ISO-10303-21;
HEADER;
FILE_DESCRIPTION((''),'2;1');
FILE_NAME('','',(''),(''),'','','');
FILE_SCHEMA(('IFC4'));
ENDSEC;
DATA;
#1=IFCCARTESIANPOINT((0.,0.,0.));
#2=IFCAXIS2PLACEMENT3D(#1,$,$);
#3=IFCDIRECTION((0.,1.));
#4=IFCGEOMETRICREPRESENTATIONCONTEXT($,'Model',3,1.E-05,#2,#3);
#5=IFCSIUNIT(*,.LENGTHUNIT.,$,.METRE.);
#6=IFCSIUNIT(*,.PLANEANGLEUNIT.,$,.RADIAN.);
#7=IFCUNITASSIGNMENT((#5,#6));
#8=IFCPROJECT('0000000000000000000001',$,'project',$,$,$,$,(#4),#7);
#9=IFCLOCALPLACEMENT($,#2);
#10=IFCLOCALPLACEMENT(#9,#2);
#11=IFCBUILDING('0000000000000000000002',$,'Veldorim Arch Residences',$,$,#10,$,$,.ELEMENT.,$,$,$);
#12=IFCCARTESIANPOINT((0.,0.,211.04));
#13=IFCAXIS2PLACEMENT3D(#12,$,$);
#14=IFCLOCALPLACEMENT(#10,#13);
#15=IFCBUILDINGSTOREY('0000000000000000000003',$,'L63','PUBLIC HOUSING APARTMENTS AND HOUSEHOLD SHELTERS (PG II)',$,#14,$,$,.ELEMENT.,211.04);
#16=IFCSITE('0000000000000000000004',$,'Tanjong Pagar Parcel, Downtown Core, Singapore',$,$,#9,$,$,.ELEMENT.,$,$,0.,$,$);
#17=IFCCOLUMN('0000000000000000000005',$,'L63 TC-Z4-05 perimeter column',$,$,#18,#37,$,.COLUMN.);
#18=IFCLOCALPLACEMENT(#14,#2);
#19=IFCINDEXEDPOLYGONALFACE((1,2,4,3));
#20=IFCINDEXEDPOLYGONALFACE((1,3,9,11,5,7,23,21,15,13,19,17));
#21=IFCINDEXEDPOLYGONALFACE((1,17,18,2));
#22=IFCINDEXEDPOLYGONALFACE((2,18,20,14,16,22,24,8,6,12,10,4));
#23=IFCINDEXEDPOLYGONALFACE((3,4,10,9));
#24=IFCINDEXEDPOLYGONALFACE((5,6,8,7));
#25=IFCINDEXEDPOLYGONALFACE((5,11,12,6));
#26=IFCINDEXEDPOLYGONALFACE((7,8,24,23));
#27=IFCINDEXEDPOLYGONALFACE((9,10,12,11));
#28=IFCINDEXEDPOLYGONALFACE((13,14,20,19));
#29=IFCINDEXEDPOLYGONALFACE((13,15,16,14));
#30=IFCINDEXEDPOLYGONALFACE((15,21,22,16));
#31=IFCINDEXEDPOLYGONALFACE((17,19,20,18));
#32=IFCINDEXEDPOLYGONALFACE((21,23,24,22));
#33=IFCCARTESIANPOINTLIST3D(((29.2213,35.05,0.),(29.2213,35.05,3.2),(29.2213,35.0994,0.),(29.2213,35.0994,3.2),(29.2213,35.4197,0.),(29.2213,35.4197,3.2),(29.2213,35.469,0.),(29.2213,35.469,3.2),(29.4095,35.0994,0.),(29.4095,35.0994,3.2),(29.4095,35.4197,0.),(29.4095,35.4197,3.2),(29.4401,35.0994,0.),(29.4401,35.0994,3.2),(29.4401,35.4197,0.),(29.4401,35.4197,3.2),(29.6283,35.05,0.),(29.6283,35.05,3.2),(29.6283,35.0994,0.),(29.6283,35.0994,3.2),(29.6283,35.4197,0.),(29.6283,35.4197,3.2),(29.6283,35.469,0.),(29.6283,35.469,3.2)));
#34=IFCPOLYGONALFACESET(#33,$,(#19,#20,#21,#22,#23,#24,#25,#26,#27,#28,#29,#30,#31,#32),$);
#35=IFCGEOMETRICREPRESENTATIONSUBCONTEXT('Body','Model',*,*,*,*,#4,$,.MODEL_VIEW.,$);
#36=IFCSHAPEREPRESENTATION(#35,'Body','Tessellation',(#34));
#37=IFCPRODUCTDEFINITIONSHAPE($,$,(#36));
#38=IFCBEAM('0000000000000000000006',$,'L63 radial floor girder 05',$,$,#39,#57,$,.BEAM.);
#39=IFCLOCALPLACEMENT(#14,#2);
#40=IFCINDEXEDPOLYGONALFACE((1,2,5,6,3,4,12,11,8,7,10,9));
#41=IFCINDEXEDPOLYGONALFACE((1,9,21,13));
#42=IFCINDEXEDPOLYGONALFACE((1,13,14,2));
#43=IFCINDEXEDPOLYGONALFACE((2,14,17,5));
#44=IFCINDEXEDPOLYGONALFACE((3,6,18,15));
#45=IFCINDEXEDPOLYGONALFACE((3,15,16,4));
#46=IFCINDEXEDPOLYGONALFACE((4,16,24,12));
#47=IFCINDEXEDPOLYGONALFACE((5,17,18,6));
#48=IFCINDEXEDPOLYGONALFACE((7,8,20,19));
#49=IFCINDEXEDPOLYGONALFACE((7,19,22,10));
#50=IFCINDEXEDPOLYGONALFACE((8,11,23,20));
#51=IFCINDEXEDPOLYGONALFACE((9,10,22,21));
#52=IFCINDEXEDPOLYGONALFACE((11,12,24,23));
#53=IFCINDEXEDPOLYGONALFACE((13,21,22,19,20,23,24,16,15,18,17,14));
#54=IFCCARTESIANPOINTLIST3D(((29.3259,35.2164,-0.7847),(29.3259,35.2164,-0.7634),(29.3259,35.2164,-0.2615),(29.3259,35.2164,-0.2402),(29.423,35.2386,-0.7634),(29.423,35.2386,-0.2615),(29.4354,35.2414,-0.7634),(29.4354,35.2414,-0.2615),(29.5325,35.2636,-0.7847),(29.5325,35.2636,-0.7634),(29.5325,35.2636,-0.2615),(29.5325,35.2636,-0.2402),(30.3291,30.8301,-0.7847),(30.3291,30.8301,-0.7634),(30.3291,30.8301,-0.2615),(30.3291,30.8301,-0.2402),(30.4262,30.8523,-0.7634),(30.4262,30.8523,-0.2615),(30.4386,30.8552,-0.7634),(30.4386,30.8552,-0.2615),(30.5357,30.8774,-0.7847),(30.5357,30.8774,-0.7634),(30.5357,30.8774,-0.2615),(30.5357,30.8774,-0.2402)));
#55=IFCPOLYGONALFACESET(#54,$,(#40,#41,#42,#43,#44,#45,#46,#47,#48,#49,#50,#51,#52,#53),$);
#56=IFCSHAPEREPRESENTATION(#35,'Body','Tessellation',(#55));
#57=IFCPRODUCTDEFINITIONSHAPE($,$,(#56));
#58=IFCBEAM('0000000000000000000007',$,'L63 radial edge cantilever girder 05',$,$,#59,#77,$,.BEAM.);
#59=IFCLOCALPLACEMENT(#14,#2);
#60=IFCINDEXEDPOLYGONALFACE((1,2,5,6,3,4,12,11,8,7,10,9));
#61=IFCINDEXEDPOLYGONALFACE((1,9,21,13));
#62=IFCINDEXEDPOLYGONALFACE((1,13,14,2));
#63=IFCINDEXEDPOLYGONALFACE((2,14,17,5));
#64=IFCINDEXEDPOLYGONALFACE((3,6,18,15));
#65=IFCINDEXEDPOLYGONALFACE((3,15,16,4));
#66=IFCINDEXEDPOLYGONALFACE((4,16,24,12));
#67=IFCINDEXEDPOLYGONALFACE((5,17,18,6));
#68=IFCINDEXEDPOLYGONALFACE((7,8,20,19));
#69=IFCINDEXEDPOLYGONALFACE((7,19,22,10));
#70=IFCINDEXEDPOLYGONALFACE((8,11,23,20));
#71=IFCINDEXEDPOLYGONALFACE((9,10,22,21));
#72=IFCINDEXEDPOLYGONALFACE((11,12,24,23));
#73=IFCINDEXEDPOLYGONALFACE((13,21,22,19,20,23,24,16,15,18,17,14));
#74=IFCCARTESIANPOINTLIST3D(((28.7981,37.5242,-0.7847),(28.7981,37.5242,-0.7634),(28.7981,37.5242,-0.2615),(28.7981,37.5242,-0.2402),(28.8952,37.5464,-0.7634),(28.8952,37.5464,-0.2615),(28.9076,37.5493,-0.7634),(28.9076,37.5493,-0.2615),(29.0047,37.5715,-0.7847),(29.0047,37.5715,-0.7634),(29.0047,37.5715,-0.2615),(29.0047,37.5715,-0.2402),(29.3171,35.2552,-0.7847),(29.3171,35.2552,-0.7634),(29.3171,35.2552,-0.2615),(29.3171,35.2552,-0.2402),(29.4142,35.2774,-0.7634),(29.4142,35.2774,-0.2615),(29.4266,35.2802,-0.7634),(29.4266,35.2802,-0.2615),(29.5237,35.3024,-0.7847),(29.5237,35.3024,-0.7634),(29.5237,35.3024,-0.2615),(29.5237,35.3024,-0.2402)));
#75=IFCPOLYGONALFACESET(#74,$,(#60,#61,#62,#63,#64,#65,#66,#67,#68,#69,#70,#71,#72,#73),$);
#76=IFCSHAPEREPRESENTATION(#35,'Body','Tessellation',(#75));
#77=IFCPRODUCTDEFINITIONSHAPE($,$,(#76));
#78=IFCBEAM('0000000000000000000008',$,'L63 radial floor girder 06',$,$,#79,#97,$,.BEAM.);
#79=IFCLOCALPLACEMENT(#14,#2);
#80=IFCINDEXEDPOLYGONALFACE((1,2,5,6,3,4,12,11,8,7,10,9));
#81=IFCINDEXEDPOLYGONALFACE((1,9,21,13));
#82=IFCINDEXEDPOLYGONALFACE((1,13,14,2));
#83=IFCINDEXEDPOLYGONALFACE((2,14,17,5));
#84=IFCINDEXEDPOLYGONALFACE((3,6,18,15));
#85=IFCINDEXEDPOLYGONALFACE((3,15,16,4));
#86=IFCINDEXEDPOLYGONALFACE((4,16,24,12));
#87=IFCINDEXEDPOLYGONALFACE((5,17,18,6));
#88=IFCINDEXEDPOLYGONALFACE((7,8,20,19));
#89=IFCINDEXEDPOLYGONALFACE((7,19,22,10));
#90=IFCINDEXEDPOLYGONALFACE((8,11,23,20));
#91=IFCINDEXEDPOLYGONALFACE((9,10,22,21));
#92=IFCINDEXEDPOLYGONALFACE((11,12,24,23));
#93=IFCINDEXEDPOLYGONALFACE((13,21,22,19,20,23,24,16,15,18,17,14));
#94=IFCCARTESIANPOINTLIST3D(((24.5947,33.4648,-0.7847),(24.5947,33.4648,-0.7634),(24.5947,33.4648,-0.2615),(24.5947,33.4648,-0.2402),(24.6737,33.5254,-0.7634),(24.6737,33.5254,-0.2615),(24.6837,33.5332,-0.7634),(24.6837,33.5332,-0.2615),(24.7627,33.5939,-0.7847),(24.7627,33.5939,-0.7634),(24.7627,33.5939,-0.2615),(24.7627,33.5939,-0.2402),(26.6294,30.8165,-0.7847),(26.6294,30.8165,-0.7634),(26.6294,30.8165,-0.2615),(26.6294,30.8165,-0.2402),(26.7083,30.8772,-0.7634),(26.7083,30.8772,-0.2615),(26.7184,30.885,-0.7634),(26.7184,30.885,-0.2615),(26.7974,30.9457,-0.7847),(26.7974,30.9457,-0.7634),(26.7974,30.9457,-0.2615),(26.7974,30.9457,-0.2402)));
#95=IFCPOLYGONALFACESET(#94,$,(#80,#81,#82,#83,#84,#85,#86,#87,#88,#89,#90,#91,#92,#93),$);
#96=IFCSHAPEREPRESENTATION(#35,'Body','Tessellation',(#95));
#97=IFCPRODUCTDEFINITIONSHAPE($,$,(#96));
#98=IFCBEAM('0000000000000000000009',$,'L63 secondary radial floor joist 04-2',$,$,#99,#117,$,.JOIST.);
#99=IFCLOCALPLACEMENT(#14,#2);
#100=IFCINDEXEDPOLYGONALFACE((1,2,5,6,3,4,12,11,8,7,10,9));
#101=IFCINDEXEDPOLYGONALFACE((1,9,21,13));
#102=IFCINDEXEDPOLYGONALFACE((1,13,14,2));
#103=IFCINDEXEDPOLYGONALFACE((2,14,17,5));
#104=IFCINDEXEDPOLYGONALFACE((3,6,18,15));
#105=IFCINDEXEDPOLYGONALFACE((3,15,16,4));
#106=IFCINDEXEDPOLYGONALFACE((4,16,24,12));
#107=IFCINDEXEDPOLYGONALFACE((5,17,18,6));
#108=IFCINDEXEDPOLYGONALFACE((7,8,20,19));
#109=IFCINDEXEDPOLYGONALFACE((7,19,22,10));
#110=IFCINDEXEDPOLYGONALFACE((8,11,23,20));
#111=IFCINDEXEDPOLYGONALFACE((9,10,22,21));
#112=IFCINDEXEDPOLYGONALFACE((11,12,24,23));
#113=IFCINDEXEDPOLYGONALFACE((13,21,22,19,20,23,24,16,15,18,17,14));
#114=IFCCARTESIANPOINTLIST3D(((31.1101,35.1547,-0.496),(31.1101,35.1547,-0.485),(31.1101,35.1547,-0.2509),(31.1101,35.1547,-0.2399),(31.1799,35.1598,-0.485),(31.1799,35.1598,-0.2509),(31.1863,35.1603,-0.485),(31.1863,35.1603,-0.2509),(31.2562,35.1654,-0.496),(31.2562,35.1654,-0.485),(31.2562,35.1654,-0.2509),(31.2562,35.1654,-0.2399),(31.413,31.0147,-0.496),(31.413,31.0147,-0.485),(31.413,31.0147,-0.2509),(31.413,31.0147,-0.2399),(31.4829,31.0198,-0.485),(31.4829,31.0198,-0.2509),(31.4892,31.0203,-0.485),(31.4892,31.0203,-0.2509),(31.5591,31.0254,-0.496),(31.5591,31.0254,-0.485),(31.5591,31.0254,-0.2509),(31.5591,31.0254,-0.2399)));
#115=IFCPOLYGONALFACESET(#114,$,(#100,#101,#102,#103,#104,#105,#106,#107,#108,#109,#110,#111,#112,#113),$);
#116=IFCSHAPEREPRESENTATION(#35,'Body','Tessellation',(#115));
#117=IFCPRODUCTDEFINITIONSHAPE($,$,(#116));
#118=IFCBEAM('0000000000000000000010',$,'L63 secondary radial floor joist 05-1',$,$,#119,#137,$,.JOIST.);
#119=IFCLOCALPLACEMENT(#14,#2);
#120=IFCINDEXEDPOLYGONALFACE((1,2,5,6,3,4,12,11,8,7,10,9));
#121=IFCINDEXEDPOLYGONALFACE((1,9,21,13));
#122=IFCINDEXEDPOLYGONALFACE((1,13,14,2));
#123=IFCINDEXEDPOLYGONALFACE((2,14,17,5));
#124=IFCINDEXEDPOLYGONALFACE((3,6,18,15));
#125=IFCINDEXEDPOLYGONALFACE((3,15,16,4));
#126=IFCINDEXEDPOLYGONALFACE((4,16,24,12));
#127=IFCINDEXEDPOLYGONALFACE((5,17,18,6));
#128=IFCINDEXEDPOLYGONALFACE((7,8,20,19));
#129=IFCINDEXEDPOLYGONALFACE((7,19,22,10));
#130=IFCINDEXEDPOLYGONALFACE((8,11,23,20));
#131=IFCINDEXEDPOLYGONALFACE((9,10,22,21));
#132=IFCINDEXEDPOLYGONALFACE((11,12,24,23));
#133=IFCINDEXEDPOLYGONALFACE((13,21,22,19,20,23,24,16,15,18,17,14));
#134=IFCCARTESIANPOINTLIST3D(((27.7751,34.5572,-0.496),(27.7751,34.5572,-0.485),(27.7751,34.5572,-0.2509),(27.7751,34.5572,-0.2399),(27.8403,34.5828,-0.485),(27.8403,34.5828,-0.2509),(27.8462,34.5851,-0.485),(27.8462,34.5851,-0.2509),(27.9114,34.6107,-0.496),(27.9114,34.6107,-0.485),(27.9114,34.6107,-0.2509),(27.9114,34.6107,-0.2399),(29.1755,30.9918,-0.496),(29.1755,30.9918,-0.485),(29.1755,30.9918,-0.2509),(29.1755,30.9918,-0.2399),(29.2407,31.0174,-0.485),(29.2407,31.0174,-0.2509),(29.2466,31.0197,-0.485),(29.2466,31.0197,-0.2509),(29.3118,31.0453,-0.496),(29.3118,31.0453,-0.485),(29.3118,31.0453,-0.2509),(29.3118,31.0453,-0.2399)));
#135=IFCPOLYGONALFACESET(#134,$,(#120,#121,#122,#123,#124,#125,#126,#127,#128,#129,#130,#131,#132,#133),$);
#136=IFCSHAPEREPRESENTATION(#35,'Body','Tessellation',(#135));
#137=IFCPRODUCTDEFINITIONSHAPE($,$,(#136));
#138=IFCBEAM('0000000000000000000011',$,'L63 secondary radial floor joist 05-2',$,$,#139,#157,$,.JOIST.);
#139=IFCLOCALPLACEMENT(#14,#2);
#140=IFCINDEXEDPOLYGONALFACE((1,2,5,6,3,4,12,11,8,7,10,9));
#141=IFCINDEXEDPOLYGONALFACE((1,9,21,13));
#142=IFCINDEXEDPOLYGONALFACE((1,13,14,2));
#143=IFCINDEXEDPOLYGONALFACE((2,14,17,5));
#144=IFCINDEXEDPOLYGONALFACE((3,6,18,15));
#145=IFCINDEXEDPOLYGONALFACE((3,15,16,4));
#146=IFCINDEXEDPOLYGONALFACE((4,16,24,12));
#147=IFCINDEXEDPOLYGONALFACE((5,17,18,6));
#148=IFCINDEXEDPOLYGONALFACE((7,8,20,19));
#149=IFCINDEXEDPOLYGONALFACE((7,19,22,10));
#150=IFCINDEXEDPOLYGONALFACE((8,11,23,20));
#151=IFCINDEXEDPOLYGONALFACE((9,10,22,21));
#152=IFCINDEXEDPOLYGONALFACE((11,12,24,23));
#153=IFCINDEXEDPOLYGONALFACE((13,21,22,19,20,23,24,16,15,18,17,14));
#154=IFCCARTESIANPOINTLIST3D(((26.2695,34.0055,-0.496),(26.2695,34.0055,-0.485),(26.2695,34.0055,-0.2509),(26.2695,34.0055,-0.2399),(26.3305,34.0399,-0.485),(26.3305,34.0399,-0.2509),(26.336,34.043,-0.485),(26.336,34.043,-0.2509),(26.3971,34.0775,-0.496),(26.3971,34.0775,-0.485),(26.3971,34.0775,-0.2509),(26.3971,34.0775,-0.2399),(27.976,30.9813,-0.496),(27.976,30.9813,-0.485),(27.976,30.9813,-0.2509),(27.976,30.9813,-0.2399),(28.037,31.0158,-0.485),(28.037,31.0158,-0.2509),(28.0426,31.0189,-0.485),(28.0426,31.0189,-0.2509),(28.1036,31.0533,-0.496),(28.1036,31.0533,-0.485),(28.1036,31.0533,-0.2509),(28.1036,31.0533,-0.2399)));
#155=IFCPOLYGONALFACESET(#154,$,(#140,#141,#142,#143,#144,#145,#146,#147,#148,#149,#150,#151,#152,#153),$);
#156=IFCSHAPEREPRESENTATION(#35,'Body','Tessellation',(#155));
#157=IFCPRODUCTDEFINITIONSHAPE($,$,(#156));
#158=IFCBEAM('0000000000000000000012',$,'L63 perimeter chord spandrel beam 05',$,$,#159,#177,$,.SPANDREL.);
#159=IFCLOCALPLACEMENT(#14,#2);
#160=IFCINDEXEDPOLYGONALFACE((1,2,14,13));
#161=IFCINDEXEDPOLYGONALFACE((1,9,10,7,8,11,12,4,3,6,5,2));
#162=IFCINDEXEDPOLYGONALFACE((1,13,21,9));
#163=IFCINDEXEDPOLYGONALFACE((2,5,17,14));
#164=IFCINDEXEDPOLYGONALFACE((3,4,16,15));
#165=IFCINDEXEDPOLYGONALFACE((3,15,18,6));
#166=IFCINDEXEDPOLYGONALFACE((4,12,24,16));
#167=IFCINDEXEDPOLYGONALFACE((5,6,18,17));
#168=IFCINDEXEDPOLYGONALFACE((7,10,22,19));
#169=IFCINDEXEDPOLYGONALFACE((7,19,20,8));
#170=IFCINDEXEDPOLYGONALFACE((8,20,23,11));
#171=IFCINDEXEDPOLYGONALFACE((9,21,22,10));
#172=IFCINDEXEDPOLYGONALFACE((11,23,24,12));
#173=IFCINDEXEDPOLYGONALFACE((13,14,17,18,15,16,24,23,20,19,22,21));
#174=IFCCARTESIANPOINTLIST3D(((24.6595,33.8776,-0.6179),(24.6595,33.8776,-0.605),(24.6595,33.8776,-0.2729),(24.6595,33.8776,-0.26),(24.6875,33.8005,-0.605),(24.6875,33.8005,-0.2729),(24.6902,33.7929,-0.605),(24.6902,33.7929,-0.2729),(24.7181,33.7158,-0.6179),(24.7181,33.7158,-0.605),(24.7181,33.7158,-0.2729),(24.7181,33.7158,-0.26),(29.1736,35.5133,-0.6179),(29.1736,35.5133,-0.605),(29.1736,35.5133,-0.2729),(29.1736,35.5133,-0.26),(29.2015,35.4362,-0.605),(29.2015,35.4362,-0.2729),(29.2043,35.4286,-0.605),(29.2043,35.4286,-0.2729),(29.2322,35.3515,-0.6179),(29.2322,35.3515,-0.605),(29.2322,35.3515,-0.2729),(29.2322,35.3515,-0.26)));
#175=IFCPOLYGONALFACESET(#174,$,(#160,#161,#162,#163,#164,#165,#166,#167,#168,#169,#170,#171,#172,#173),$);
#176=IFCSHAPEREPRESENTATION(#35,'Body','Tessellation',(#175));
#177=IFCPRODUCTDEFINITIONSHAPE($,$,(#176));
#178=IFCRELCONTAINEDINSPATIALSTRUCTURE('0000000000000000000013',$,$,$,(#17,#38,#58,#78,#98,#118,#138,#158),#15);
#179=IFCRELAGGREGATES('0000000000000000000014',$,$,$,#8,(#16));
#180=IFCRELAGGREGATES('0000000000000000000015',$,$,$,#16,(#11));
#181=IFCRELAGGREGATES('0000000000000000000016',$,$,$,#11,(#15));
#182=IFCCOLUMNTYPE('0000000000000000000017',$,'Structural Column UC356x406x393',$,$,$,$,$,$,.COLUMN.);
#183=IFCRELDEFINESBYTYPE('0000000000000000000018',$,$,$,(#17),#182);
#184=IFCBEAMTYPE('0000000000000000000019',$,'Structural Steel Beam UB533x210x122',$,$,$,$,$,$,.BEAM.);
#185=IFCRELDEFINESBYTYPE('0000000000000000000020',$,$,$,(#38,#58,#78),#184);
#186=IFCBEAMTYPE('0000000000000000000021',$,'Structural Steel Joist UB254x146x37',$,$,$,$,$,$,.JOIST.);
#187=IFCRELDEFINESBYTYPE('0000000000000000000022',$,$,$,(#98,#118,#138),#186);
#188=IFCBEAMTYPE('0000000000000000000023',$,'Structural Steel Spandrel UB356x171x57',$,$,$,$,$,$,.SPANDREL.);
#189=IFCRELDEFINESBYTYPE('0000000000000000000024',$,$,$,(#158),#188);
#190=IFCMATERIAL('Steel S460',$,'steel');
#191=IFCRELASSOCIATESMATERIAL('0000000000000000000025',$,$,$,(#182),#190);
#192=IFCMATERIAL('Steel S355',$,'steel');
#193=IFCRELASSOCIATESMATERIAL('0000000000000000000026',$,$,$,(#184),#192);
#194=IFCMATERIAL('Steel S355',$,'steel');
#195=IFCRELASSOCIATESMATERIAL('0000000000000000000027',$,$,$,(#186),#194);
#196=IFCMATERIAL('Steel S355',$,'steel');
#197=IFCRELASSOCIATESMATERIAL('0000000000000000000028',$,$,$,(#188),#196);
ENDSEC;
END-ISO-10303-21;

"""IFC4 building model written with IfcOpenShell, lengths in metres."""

from ifc_helpers import new_model, si_unit, direction, frame, origin, origin_2d, place, context, subcontext, project, spatial, i_section, extrude, material, material_profile, profile_set, type_object, element, save


model = new_model("IFC4")

# Units and contexts
model_context = context("Model", 3, precision=1e-05, world=origin(), true_north=direction((0.0, 1.0)))
body_context = subcontext(model_context, "Body", "Model", "MODEL_VIEW")
ifc_project = project(units=[si_unit("LENGTHUNIT", "METRE"), si_unit("PLANEANGLEUNIT", "RADIAN")], contexts=[model_context])

# Site, building, storey
site_placement = place(None, origin())
site = spatial("IfcSite", under=ifc_project, at=site_placement, Name="Tanjong Pagar Parcel, Downtown Core, Singapore", CompositionType="ELEMENT", RefElevation=0.0)
building_placement = place(site_placement, origin())
building = spatial("IfcBuilding", under=site, at=building_placement, Name="Veldorim Arch Residences", CompositionType="ELEMENT")
storey_placement = place(building_placement, frame((0.0, 0.0, 211.04)))
storey = spatial("IfcBuildingStorey", under=building, at=storey_placement, Name="L63", Description="PUBLIC HOUSING APARTMENTS AND HOUSEHOLD SHELTERS (PG II)", CompositionType="ELEMENT", Elevation=211.04)

# Column
ifc_material_1 = material(Name="Steel S460", Category="steel")
ifc_material_profile_1 = material_profile(ifc_material_1, i_section(OverallWidth=0.407, OverallDepth=0.4189, WebThickness=0.0305, FlangeThickness=0.0493, at=origin_2d()), Name="UC356x406x393")
ifc_profile_set_1 = profile_set([ifc_material_profile_1], Name="Steel S460")
column_type = type_object("IfcColumnType", Name="Structural Column UC356x406x393", PredefinedType="COLUMN", material=ifc_profile_set_1)
column_placement = place(storey_placement, frame((29.4248, 35.2595, 0.0), z_axis=(0.0, 0.0, 1.0), x_axis=(1.0, 0.0, 0.0)))
element("IfcColumn", 1, at=column_placement, inside=storey, type_object=column_type, Name="L63 TC-Z4-05 perimeter column", PredefinedType="COLUMN", context=body_context, shape_type="SweptSolid", body=[
    extrude(i_section(OverallWidth=0.407, OverallDepth=0.4189, WebThickness=0.0305, FlangeThickness=0.0493, at=origin_2d()), origin(), (0.0, 0.0, 1.0), 3.2),
])

# Beams
ifc_material_2 = material(Name="Steel S355", Category="steel")
ifc_material_profile_2 = material_profile(ifc_material_2, i_section(OverallWidth=0.2119, OverallDepth=0.5444, WebThickness=0.0127, FlangeThickness=0.0212, at=origin_2d()), Name="UB533x210x122")
ifc_profile_set_2 = profile_set([ifc_material_profile_2], Name="Steel S355")
beam_type_1 = type_object("IfcBeamType", Name="Structural Steel Beam UB533x210x122", PredefinedType="BEAM", material=ifc_profile_set_2)
beam_1_placement = place(storey_placement, frame((30.4324, 30.8538, -0.5125), z_axis=(-0.222953, 0.974829, 0.0), x_axis=(-0.974829, -0.222953, 0.0)))
element("IfcBeam", 2, at=beam_1_placement, inside=storey, type_object=beam_type_1, Name="L63 radial floor girder 05", PredefinedType="BEAM", context=body_context, shape_type="SweptSolid", body=[
    extrude(i_section(OverallWidth=0.2119, OverallDepth=0.5444, WebThickness=0.0127, FlangeThickness=0.0212, at=origin_2d()), origin(), (0.0, 0.0, 1.0), 4.4995),
])
beam_2_placement = place(storey_placement, frame((29.4204, 35.2788, -0.5125), z_axis=(-0.22299, 0.974821, 0.0), x_axis=(-0.974821, -0.22299, 0.0)))
element("IfcBeam", 3, at=beam_2_placement, inside=storey, type_object=beam_type_1, Name="L63 radial edge cantilever girder 05", PredefinedType="BEAM", context=body_context, shape_type="SweptSolid", body=[
    extrude(i_section(OverallWidth=0.2119, OverallDepth=0.5444, WebThickness=0.0127, FlangeThickness=0.0212, at=origin_2d()), origin(), (0.0, 0.0, 1.0), 2.3276),
])
beam_3_placement = place(storey_placement, frame((26.7134, 30.8811, -0.5125), z_axis=(-0.609258, 0.792972, 0.0), x_axis=(-0.792972, -0.609258, 0.0)))
element("IfcBeam", 4, at=beam_3_placement, inside=storey, type_object=beam_type_1, Name="L63 radial floor girder 06", PredefinedType="BEAM", context=body_context, shape_type="SweptSolid", body=[
    extrude(i_section(OverallWidth=0.2119, OverallDepth=0.5444, WebThickness=0.0127, FlangeThickness=0.0212, at=origin_2d()), origin(), (0.0, 0.0, 1.0), 3.3396),
])
ifc_material_3 = material(Name="Steel S355", Category="steel")
ifc_material_profile_3 = material_profile(ifc_material_3, i_section(OverallWidth=0.1465, OverallDepth=0.2561, WebThickness=0.0063, FlangeThickness=0.011, at=origin_2d()), Name="UB254x146x37")
ifc_profile_set_3 = profile_set([ifc_material_profile_3], Name="Steel S355")
beam_type_2 = type_object("IfcBeamType", Name="Structural Steel Joist UB254x146x37", PredefinedType="JOIST", material=ifc_profile_set_3)
beam_4_placement = place(storey_placement, frame((31.4861, 31.02, -0.3679), z_axis=(-0.072986, 0.997333, 0.0), x_axis=(-0.997333, -0.072986, 0.0)))
element("IfcBeam", 5, at=beam_4_placement, inside=storey, type_object=beam_type_2, Name="L63 secondary radial floor joist 04-2", PredefinedType="JOIST", context=body_context, shape_type="SweptSolid", body=[
    extrude(i_section(OverallWidth=0.1465, OverallDepth=0.2561, WebThickness=0.0063, FlangeThickness=0.011, at=origin_2d()), origin(), (0.0, 0.0, 1.0), 4.1511),
])
beam_5_placement = place(storey_placement, frame((29.2437, 31.0186, -0.3679), z_axis=(-0.365581, 0.930779, 0.0), x_axis=(-0.930779, -0.365581, 0.0)))
element("IfcBeam", 6, at=beam_5_placement, inside=storey, type_object=beam_type_2, Name="L63 secondary radial floor joist 05-1", PredefinedType="JOIST", context=body_context, shape_type="SweptSolid", body=[
    extrude(i_section(OverallWidth=0.1465, OverallDepth=0.2561, WebThickness=0.0063, FlangeThickness=0.011, at=origin_2d()), origin(), (0.0, 0.0, 1.0), 3.8306),
])
beam_6_placement = place(storey_placement, frame((28.0398, 31.0173, -0.3679), z_axis=(-0.491452, 0.870904, 0.0), x_axis=(-0.870904, -0.491452, 0.0)))
element("IfcBeam", 7, at=beam_6_placement, inside=storey, type_object=beam_type_2, Name="L63 secondary radial floor joist 05-2", PredefinedType="JOIST", context=body_context, shape_type="SweptSolid", body=[
    extrude(i_section(OverallWidth=0.1465, OverallDepth=0.2561, WebThickness=0.0063, FlangeThickness=0.011, at=origin_2d()), origin(), (0.0, 0.0, 1.0), 3.4724),
])
ifc_material_4 = material(Name="Steel S355", Category="steel")
ifc_material_profile_4 = material_profile(ifc_material_4, i_section(OverallWidth=0.1721, OverallDepth=0.3579, WebThickness=0.0081, FlangeThickness=0.0129, at=origin_2d()), Name="UB356x171x57")
ifc_profile_set_4 = profile_set([ifc_material_profile_4], Name="Steel S355")
beam_type_3 = type_object("IfcBeamType", Name="Structural Steel Spandrel UB356x171x57", PredefinedType="SPANDREL", material=ifc_profile_set_4)
beam_7_placement = place(storey_placement, frame((29.2029, 35.4324, -0.439), z_axis=(-0.940179, -0.340681, 0.0), x_axis=(0.340681, -0.940179, 0.0)))
element("IfcBeam", 8, at=beam_7_placement, inside=storey, type_object=beam_type_3, Name="L63 perimeter chord spandrel beam 05", PredefinedType="SPANDREL", context=body_context, shape_type="SweptSolid", body=[
    extrude(i_section(OverallWidth=0.1721, OverallDepth=0.3579, WebThickness=0.0081, FlangeThickness=0.0129, at=origin_2d()), origin(), (0.0, 0.0, 1.0), 4.8013),
])

save(model, "model.ifc")
